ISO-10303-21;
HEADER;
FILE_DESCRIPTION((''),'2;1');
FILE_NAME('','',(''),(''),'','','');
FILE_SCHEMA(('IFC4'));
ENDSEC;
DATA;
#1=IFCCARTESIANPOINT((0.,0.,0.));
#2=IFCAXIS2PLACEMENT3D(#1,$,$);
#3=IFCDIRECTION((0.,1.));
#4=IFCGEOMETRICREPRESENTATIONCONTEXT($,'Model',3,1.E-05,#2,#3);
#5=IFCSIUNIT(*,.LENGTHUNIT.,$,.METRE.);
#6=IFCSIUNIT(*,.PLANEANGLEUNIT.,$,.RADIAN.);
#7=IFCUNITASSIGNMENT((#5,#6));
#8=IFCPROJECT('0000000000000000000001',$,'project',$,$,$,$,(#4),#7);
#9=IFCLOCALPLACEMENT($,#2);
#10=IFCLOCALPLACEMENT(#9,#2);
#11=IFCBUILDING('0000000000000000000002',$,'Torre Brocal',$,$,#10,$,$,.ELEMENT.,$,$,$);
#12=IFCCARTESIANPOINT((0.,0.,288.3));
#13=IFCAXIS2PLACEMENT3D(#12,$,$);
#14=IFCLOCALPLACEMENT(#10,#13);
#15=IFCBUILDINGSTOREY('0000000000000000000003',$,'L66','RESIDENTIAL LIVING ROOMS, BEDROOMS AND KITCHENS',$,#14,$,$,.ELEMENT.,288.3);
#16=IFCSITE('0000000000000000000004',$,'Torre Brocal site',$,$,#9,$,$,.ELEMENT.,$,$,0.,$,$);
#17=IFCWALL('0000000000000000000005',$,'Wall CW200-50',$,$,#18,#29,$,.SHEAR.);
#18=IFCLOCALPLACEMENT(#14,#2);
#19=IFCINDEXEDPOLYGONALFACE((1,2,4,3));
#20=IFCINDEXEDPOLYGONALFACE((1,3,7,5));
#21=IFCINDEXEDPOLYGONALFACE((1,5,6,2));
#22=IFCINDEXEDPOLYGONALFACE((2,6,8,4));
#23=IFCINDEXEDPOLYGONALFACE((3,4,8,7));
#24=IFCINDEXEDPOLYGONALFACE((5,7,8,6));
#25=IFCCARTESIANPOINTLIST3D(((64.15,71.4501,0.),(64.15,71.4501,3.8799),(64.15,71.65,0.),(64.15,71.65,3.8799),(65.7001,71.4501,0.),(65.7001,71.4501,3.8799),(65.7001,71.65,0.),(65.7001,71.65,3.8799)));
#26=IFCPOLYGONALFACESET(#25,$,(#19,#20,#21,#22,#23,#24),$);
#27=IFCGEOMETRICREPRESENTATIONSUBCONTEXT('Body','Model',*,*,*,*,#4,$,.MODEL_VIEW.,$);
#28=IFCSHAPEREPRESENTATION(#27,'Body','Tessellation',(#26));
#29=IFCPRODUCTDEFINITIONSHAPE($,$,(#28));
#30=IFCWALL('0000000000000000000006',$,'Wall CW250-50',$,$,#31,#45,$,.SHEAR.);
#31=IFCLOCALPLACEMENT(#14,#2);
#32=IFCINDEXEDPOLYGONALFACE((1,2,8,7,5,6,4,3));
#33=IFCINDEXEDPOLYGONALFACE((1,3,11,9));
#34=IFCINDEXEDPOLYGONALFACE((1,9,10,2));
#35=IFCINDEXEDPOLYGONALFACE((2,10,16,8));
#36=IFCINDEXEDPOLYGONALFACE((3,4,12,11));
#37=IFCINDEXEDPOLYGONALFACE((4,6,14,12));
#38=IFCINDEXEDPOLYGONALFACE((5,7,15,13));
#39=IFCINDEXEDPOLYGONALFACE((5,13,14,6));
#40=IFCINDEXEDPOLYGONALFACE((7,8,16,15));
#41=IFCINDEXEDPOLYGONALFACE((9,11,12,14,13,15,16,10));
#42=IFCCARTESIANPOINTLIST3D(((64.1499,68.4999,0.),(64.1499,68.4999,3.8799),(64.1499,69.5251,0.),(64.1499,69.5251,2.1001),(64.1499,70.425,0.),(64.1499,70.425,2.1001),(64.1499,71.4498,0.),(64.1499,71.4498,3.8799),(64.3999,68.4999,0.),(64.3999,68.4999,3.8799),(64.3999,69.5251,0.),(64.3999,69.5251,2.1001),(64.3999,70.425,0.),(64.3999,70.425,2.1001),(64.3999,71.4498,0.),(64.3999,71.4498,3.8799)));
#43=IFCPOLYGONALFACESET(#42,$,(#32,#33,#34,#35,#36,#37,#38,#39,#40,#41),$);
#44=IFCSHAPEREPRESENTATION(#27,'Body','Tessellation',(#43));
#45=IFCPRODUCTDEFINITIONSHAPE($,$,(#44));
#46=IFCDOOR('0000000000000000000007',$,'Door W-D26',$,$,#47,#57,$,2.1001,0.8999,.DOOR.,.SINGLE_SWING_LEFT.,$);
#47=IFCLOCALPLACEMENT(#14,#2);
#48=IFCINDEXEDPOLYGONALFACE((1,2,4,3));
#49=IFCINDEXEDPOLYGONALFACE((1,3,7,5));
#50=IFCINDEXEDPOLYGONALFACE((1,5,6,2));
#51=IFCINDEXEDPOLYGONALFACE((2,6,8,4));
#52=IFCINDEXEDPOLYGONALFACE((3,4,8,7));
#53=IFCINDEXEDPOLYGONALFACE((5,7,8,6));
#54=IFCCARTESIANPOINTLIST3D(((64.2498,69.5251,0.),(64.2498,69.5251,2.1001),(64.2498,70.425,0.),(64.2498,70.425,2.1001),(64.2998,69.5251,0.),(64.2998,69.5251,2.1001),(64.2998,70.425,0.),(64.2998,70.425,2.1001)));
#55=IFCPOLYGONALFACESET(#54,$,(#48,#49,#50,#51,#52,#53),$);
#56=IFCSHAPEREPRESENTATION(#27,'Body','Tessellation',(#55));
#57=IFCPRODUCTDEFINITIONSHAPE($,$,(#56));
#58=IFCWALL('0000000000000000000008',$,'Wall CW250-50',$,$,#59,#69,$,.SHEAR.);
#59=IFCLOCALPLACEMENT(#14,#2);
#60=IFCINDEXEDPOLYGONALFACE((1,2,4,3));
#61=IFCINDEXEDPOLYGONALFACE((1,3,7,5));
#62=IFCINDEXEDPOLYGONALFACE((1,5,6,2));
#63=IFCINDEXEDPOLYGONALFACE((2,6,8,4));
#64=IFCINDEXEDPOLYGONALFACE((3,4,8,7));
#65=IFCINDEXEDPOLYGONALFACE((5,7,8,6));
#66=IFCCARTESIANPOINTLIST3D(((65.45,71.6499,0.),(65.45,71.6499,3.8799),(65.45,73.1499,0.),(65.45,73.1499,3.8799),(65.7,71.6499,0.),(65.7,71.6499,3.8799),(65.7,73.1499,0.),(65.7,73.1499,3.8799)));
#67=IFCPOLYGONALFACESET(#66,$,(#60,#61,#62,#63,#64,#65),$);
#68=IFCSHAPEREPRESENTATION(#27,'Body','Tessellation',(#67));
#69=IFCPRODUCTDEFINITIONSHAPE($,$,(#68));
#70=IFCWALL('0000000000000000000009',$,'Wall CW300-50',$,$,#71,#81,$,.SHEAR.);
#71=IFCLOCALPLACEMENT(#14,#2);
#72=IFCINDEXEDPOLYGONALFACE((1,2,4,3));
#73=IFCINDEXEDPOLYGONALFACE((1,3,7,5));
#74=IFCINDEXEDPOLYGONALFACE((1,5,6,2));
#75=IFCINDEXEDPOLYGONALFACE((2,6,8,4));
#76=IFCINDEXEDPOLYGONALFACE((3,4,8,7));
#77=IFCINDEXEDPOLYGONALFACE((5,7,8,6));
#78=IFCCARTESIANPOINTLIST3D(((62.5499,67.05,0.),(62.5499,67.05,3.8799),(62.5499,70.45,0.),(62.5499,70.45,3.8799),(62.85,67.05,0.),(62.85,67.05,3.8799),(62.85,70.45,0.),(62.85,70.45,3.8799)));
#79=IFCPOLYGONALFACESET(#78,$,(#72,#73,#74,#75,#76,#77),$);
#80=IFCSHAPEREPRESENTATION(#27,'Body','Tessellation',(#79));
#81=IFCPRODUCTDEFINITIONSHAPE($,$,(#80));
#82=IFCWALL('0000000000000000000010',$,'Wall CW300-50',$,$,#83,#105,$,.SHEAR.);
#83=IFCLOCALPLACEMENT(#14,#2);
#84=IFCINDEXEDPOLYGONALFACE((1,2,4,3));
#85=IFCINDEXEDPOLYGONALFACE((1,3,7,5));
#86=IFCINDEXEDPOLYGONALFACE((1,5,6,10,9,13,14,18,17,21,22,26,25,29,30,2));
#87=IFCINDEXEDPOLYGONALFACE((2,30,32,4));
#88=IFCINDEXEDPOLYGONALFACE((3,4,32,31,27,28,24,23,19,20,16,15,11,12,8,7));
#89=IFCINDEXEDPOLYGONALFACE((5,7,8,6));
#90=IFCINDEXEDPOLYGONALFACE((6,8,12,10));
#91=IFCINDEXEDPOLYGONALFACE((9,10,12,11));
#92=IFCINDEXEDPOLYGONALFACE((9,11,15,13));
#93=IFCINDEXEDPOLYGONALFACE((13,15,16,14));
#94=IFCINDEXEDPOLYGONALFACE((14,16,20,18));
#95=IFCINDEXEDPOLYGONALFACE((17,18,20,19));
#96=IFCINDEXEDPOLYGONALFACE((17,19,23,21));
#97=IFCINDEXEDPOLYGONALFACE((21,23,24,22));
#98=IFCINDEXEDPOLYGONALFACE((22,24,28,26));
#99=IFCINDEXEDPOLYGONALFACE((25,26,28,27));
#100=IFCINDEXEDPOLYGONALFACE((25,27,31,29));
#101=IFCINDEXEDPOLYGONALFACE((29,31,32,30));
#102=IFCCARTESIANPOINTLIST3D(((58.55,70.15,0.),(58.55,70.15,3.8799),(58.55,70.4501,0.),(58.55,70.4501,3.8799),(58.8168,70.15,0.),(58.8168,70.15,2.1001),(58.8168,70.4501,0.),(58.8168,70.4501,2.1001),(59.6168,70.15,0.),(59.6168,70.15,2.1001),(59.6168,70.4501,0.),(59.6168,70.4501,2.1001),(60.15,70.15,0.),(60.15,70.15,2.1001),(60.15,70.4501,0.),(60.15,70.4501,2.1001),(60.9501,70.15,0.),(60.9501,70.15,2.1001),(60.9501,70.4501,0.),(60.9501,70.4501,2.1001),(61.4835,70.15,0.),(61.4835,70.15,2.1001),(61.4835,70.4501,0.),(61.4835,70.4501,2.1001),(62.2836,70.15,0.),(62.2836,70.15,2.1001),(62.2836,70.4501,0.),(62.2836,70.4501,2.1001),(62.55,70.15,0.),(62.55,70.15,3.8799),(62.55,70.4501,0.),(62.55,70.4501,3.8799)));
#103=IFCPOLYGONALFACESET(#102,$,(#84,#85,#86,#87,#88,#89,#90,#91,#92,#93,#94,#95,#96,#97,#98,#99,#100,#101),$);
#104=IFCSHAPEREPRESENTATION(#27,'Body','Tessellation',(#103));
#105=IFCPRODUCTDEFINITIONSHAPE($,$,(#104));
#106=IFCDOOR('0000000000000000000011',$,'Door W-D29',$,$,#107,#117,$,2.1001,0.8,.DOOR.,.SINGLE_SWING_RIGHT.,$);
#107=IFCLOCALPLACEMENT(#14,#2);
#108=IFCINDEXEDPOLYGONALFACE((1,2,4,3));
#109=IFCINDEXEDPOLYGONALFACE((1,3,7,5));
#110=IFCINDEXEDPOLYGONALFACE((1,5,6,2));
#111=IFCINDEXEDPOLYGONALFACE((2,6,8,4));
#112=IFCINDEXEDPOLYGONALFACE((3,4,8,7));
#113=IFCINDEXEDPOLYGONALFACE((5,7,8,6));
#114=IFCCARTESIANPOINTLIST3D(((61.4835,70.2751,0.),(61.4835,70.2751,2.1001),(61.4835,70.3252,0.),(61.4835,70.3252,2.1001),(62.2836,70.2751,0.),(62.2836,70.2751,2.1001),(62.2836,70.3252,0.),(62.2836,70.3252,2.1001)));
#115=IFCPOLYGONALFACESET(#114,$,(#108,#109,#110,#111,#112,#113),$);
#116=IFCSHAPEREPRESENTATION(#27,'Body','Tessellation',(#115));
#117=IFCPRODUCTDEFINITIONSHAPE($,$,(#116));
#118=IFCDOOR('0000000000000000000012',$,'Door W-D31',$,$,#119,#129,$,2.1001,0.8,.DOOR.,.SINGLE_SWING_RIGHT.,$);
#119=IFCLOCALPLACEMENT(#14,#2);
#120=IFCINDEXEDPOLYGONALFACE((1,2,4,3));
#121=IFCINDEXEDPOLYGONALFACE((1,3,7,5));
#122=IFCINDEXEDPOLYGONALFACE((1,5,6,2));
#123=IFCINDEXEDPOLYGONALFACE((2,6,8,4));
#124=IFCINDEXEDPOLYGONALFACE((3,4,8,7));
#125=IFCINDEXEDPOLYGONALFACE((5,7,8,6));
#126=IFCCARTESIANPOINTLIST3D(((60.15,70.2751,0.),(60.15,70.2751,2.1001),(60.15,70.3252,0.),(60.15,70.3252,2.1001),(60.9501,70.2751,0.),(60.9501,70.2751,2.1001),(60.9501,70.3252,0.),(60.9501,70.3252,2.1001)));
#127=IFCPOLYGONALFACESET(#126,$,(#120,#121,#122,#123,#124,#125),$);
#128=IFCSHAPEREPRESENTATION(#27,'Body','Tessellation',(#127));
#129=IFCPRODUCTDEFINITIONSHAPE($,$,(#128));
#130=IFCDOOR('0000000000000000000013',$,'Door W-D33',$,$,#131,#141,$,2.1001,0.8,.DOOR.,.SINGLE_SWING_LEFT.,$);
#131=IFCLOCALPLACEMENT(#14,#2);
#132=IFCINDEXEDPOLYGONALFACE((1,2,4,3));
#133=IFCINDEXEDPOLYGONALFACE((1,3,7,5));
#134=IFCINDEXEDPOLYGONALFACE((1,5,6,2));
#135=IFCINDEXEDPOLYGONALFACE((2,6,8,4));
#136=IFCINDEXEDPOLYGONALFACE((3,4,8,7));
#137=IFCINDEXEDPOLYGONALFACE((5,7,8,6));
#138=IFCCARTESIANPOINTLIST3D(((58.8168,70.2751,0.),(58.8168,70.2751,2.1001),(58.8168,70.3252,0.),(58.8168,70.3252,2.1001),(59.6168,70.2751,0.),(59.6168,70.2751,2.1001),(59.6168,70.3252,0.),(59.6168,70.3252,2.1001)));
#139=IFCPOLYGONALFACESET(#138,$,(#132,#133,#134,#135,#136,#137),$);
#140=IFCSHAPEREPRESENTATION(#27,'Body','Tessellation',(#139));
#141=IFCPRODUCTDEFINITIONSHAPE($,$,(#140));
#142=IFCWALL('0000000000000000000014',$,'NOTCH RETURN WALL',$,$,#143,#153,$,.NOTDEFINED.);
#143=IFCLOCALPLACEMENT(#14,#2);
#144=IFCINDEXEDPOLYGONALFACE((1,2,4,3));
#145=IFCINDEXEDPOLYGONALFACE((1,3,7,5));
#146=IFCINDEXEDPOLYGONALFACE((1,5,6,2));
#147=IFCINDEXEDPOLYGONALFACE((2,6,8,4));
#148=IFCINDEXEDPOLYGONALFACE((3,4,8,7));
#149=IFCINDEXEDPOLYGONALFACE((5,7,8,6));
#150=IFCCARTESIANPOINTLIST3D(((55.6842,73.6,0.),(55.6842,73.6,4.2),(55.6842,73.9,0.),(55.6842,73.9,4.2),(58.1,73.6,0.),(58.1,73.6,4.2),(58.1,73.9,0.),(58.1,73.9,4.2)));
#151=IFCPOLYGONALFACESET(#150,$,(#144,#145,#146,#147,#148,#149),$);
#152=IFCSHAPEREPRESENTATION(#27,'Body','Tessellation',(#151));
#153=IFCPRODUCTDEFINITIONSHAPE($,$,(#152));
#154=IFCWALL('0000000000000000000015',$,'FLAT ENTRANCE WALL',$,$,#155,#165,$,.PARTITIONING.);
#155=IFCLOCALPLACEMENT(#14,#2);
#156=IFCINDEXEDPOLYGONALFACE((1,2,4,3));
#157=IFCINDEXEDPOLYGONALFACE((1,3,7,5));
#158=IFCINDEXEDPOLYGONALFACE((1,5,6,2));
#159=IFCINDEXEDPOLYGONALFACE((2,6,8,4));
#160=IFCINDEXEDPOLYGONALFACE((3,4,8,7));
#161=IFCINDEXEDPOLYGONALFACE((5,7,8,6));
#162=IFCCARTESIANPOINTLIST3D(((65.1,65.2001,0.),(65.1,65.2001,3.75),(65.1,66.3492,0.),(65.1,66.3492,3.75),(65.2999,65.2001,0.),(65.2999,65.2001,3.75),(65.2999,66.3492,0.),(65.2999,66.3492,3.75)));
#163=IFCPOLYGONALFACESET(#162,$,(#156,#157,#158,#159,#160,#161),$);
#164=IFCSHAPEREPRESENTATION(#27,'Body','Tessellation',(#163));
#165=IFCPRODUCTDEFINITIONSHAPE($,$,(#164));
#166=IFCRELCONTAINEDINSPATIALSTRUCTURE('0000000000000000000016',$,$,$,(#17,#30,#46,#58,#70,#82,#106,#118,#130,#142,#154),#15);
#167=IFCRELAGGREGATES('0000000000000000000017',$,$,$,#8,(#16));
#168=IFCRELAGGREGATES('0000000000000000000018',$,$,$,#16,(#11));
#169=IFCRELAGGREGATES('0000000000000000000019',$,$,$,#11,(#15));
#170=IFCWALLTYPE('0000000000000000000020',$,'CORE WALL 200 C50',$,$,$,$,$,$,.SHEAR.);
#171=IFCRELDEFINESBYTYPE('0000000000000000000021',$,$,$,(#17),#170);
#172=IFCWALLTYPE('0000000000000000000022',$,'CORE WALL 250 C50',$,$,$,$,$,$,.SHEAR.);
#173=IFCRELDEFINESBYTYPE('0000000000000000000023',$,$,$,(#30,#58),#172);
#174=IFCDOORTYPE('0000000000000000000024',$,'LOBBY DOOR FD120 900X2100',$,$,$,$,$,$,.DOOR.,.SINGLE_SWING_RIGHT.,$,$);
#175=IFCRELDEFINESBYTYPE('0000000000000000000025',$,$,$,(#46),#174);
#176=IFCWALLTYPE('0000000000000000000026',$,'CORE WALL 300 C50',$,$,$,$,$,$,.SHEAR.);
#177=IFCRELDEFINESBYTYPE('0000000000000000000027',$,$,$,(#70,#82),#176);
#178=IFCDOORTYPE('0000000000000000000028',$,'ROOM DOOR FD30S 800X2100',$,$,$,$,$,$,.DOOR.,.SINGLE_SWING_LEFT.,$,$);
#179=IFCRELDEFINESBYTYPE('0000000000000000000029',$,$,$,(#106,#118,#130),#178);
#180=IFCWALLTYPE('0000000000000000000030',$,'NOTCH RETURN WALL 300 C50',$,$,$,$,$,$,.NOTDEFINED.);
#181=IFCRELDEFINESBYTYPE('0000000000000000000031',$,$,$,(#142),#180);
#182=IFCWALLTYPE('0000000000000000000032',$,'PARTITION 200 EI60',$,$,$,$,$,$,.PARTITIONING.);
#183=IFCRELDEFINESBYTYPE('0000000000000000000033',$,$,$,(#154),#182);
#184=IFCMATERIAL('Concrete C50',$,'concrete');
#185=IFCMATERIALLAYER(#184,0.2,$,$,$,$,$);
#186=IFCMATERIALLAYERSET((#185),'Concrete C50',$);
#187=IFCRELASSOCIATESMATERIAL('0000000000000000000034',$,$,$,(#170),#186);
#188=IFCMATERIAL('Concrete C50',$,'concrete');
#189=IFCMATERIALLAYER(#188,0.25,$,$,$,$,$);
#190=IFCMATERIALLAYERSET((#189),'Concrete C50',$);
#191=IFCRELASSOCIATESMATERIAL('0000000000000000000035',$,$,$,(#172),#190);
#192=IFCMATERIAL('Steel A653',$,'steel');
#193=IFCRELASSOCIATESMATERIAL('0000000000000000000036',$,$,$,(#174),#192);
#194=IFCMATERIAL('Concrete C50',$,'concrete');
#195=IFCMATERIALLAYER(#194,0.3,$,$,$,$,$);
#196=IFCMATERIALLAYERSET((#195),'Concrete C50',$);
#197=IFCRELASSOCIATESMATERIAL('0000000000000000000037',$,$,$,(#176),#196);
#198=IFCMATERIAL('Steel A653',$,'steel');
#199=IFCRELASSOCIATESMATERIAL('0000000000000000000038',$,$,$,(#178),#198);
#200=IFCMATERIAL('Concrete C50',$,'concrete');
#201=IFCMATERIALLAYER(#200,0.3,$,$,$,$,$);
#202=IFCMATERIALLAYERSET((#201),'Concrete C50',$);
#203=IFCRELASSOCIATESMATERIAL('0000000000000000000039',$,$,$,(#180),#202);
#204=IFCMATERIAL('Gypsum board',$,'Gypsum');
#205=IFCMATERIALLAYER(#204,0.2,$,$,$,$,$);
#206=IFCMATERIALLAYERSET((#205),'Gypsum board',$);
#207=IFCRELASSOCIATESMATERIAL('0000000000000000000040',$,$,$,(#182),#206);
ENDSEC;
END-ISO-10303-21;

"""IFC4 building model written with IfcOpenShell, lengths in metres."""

from ifc_helpers import new_model, si_unit, direction, frame, frame_2d, origin, place, context, subcontext, project, spatial, rectangle, extrude, material, layer, layer_set, type_object, element, fill, save


model = new_model("IFC4")

# Units and contexts
model_context = context("Model", 3, precision=1e-05, world=origin(), true_north=direction((0.0, 1.0)))
body_context = subcontext(model_context, "Body", "Model", "MODEL_VIEW")
ifc_project = project(units=[si_unit("LENGTHUNIT", "METRE"), si_unit("PLANEANGLEUNIT", "RADIAN")], contexts=[model_context])

# Site, building, storey
site_placement = place(None, origin())
site = spatial("IfcSite", under=ifc_project, at=site_placement, Name="Torre Brocal site", CompositionType="ELEMENT", RefElevation=0.0)
building_placement = place(site_placement, origin())
building = spatial("IfcBuilding", under=site, at=building_placement, Name="Torre Brocal", CompositionType="ELEMENT")
storey_placement = place(building_placement, frame((0.0, 0.0, 288.3)))
storey = spatial("IfcBuildingStorey", under=building, at=storey_placement, Name="L66", Description="RESIDENTIAL LIVING ROOMS, BEDROOMS AND KITCHENS", CompositionType="ELEMENT", Elevation=288.3)

# Wall
ifc_material_1 = material(Name="Concrete C50", Category="concrete")
ifc_layer_1 = layer(ifc_material_1, 0.2)
ifc_layer_set_1 = layer_set([ifc_layer_1], Name="Concrete C50")
wall_type_1 = type_object("IfcWallType", Name="CORE WALL 200 C50", PredefinedType="SHEAR", material=ifc_layer_set_1)
wall_1_placement = place(storey_placement, frame((65.7, 71.55, 0.0), z_axis=(0.0, 0.0, 1.0), x_axis=(-1.0, 0.0, 0.0)))
element("IfcWall", 1, at=wall_1_placement, inside=storey, type_object=wall_type_1, Name="Wall CW200-50", PredefinedType="SHEAR", context=body_context, shape_type="SweptSolid", body=[
    extrude(rectangle(XDim=1.55, YDim=0.2, at=frame_2d((0.7749, 0.0))), origin(), (0.0, 0.0, 1.0), 3.8799),
])

# Wall, opening, door
ifc_material_2 = material(Name="Concrete C50", Category="concrete")
ifc_layer_2 = layer(ifc_material_2, 0.25)
ifc_layer_set_2 = layer_set([ifc_layer_2], Name="Concrete C50")
wall_type_2 = type_object("IfcWallType", Name="CORE WALL 250 C50", PredefinedType="SHEAR", material=ifc_layer_set_2)
wall_2_placement = place(storey_placement, frame((64.2749, 71.45, 0.0), z_axis=(0.0, 0.0, 1.0), x_axis=(0.0, -1.0, 0.0)))
wall_2 = element("IfcWall", 2, at=wall_2_placement, inside=storey, type_object=wall_type_2, Name="Wall CW250-50", PredefinedType="SHEAR", context=body_context, shape_type="SweptSolid", body=[
    extrude(rectangle(XDim=2.95, YDim=0.25, at=frame_2d((1.4751, 0.0))), origin(), (0.0, 0.0, 1.0), 3.8799),
])
opening_1_placement = place(wall_2_placement, frame((1.0249, 0.0, 0.0)))
opening_1 = element("IfcOpeningElement", 3, at=opening_1_placement, cuts=wall_2, PredefinedType="OPENING", context=body_context, shape_type="SweptSolid", body=[
    extrude(rectangle(XDim=0.8999, YDim=2.1001, at=frame_2d((0.45, 1.05))), frame((0.0, 0.135, 0.0), z_axis=(0.0, -1.0, 0.0), x_axis=(1.0, 0.0, 0.0)), (0.0, 0.0, 1.0), 0.27),
])
ifc_material_3 = material(Name="Steel A653", Category="steel")
door_type_1 = type_object("IfcDoorType", Name="LOBBY DOOR FD120 900X2100", OperationType="SINGLE_SWING_RIGHT", PredefinedType="DOOR", material=ifc_material_3)
door_1_placement = place(opening_1_placement, origin())
door_1 = element("IfcDoor", 4, at=door_1_placement, inside=storey, type_object=door_type_1, Name="Door W-D26", OperationType="SINGLE_SWING_LEFT", OverallHeight=2.1001, OverallWidth=0.8999, PredefinedType="DOOR", context=body_context, shape_type="SweptSolid", body=[
    extrude(rectangle(XDim=0.8999, YDim=2.1001, at=frame_2d((0.45, 1.05))), frame((0.0, 0.0249, 0.0), z_axis=(0.0, -1.0, 0.0), x_axis=(1.0, 0.0, 0.0)), (0.0, 0.0, 1.0), 0.05),
])
fill(opening_1, door_1)

# Walls
wall_3_placement = place(storey_placement, frame((65.575, 73.1499, 0.0), z_axis=(0.0, 0.0, 1.0), x_axis=(0.0, -1.0, 0.0)))
element("IfcWall", 5, at=wall_3_placement, inside=storey, type_object=wall_type_2, Name="Wall CW250-50", PredefinedType="SHEAR", context=body_context, shape_type="SweptSolid", body=[
    extrude(rectangle(XDim=1.5, YDim=0.25, at=frame_2d((0.75, 0.0))), origin(), (0.0, 0.0, 1.0), 3.8799),
])
ifc_material_4 = material(Name="Concrete C50", Category="concrete")
ifc_layer_3 = layer(ifc_material_4, 0.3)
ifc_layer_set_3 = layer_set([ifc_layer_3], Name="Concrete C50")
wall_type_3 = type_object("IfcWallType", Name="CORE WALL 300 C50", PredefinedType="SHEAR", material=ifc_layer_set_3)
wall_4_placement = place(storey_placement, frame((62.7, 70.45, 0.0), z_axis=(0.0, 0.0, 1.0), x_axis=(0.0, -1.0, 0.0)))
element("IfcWall", 6, at=wall_4_placement, inside=storey, type_object=wall_type_3, Name="Wall CW300-50", PredefinedType="SHEAR", context=body_context, shape_type="SweptSolid", body=[
    extrude(rectangle(XDim=3.3999, YDim=0.3, at=frame_2d((1.7, 0.0))), origin(), (0.0, 0.0, 1.0), 3.8799),
])

# Wall, openings, doors
wall_5_placement = place(storey_placement, frame((62.55, 70.3, 0.0), z_axis=(0.0, 0.0, 1.0), x_axis=(-1.0, 0.0, 0.0)))
wall_5 = element("IfcWall", 7, at=wall_5_placement, inside=storey, type_object=wall_type_3, Name="Wall CW300-50", PredefinedType="SHEAR", context=body_context, shape_type="SweptSolid", body=[
    extrude(rectangle(XDim=4.0, YDim=0.3, at=frame_2d((2.0, 0.0))), origin(), (0.0, 0.0, 1.0), 3.8799),
])
opening_2_placement = place(wall_5_placement, frame((0.2666, 0.0, 0.0)))
opening_2 = element("IfcOpeningElement", 8, at=opening_2_placement, cuts=wall_5, PredefinedType="OPENING", context=body_context, shape_type="SweptSolid", body=[
    extrude(rectangle(XDim=0.8, YDim=2.1001, at=frame_2d((0.3999, 1.05))), frame((0.0, 0.1599, 0.0), z_axis=(0.0, -1.0, 0.0), x_axis=(1.0, 0.0, 0.0)), (0.0, 0.0, 1.0), 0.3201),
])
opening_3_placement = place(wall_5_placement, frame((1.6001, 0.0, 0.0)))
opening_3 = element("IfcOpeningElement", 9, at=opening_3_placement, cuts=wall_5, PredefinedType="OPENING", context=body_context, shape_type="SweptSolid", body=[
    extrude(rectangle(XDim=0.8, YDim=2.1001, at=frame_2d((0.3999, 1.05))), frame((0.0, 0.1599, 0.0), z_axis=(0.0, -1.0, 0.0), x_axis=(1.0, 0.0, 0.0)), (0.0, 0.0, 1.0), 0.3201),
])
opening_4_placement = place(wall_5_placement, frame((2.9333, 0.0, 0.0)))
opening_4 = element("IfcOpeningElement", 10, at=opening_4_placement, cuts=wall_5, PredefinedType="OPENING", context=body_context, shape_type="SweptSolid", body=[
    extrude(rectangle(XDim=0.8, YDim=2.1001, at=frame_2d((0.3999, 1.05))), frame((0.0, 0.1599, 0.0), z_axis=(0.0, -1.0, 0.0), x_axis=(1.0, 0.0, 0.0)), (0.0, 0.0, 1.0), 0.3201),
])
ifc_material_5 = material(Name="Steel A653", Category="steel")
door_type_2 = type_object("IfcDoorType", Name="ROOM DOOR FD30S 800X2100", OperationType="SINGLE_SWING_LEFT", PredefinedType="DOOR", material=ifc_material_5)
door_2_placement = place(opening_2_placement, origin())
door_2 = element("IfcDoor", 11, at=door_2_placement, inside=storey, type_object=door_type_2, Name="Door W-D29", OperationType="SINGLE_SWING_RIGHT", OverallHeight=2.1001, OverallWidth=0.8, PredefinedType="DOOR", context=body_context, shape_type="SweptSolid", body=[
    extrude(rectangle(XDim=0.8, YDim=2.1001, at=frame_2d((0.3999, 1.05))), frame((0.0, 0.0249, 0.0), z_axis=(0.0, -1.0, 0.0), x_axis=(1.0, 0.0, 0.0)), (0.0, 0.0, 1.0), 0.05),
])
fill(opening_2, door_2)
door_3_placement = place(opening_3_placement, origin())
door_3 = element("IfcDoor", 12, at=door_3_placement, inside=storey, type_object=door_type_2, Name="Door W-D31", OperationType="SINGLE_SWING_RIGHT", OverallHeight=2.1001, OverallWidth=0.8, PredefinedType="DOOR", context=body_context, shape_type="SweptSolid", body=[
    extrude(rectangle(XDim=0.8, YDim=2.1001, at=frame_2d((0.3999, 1.05))), frame((0.0, 0.0249, 0.0), z_axis=(0.0, -1.0, 0.0), x_axis=(1.0, 0.0, 0.0)), (0.0, 0.0, 1.0), 0.05),
])
fill(opening_3, door_3)
door_4_placement = place(opening_4_placement, origin())
door_4 = element("IfcDoor", 13, at=door_4_placement, inside=storey, type_object=door_type_2, Name="Door W-D33", OperationType="SINGLE_SWING_LEFT", OverallHeight=2.1001, OverallWidth=0.8, PredefinedType="DOOR", context=body_context, shape_type="SweptSolid", body=[
    extrude(rectangle(XDim=0.8, YDim=2.1001, at=frame_2d((0.3999, 1.05))), frame((0.0, 0.0249, 0.0), z_axis=(0.0, -1.0, 0.0), x_axis=(1.0, 0.0, 0.0)), (0.0, 0.0, 1.0), 0.05),
])
fill(opening_4, door_4)

# Walls
ifc_material_6 = material(Name="Concrete C50", Category="concrete")
ifc_layer_4 = layer(ifc_material_6, 0.3)
ifc_layer_set_4 = layer_set([ifc_layer_4], Name="Concrete C50")
wall_type_4 = type_object("IfcWallType", Name="NOTCH RETURN WALL 300 C50", PredefinedType="NOTDEFINED", material=ifc_layer_set_4)
wall_6_placement = place(storey_placement, frame((58.1001, 73.75, 0.0), z_axis=(0.0, 0.0, 1.0), x_axis=(-1.0, 0.0, 0.0)))
element("IfcWall", 14, at=wall_6_placement, inside=storey, type_object=wall_type_4, Name="NOTCH RETURN WALL", PredefinedType="NOTDEFINED", context=body_context, shape_type="SweptSolid", body=[
    extrude(rectangle(XDim=2.4158, YDim=0.3, at=frame_2d((1.208, 0.0))), origin(), (0.0, 0.0, 1.0), 4.2),
])
ifc_material_7 = material(Name="Gypsum board", Category="Gypsum")
ifc_layer_5 = layer(ifc_material_7, 0.2)
ifc_layer_set_5 = layer_set([ifc_layer_5], Name="Gypsum board")
wall_type_5 = type_object("IfcWallType", Name="PARTITION 200 EI60", PredefinedType="PARTITIONING", material=ifc_layer_set_5)
wall_7_placement = place(storey_placement, frame((65.2, 65.2, 0.0), z_axis=(0.0, 0.0, 1.0), x_axis=(0.0, 1.0, 0.0)))
element("IfcWall", 15, at=wall_7_placement, inside=storey, type_object=wall_type_5, Name="FLAT ENTRANCE WALL", PredefinedType="PARTITIONING", context=body_context, shape_type="SweptSolid", body=[
    extrude(rectangle(XDim=1.1492, YDim=0.2, at=frame_2d((0.5747, 0.0))), origin(), (0.0, 0.0, 1.0), 3.75),
])

save(model, "model.ifc")
